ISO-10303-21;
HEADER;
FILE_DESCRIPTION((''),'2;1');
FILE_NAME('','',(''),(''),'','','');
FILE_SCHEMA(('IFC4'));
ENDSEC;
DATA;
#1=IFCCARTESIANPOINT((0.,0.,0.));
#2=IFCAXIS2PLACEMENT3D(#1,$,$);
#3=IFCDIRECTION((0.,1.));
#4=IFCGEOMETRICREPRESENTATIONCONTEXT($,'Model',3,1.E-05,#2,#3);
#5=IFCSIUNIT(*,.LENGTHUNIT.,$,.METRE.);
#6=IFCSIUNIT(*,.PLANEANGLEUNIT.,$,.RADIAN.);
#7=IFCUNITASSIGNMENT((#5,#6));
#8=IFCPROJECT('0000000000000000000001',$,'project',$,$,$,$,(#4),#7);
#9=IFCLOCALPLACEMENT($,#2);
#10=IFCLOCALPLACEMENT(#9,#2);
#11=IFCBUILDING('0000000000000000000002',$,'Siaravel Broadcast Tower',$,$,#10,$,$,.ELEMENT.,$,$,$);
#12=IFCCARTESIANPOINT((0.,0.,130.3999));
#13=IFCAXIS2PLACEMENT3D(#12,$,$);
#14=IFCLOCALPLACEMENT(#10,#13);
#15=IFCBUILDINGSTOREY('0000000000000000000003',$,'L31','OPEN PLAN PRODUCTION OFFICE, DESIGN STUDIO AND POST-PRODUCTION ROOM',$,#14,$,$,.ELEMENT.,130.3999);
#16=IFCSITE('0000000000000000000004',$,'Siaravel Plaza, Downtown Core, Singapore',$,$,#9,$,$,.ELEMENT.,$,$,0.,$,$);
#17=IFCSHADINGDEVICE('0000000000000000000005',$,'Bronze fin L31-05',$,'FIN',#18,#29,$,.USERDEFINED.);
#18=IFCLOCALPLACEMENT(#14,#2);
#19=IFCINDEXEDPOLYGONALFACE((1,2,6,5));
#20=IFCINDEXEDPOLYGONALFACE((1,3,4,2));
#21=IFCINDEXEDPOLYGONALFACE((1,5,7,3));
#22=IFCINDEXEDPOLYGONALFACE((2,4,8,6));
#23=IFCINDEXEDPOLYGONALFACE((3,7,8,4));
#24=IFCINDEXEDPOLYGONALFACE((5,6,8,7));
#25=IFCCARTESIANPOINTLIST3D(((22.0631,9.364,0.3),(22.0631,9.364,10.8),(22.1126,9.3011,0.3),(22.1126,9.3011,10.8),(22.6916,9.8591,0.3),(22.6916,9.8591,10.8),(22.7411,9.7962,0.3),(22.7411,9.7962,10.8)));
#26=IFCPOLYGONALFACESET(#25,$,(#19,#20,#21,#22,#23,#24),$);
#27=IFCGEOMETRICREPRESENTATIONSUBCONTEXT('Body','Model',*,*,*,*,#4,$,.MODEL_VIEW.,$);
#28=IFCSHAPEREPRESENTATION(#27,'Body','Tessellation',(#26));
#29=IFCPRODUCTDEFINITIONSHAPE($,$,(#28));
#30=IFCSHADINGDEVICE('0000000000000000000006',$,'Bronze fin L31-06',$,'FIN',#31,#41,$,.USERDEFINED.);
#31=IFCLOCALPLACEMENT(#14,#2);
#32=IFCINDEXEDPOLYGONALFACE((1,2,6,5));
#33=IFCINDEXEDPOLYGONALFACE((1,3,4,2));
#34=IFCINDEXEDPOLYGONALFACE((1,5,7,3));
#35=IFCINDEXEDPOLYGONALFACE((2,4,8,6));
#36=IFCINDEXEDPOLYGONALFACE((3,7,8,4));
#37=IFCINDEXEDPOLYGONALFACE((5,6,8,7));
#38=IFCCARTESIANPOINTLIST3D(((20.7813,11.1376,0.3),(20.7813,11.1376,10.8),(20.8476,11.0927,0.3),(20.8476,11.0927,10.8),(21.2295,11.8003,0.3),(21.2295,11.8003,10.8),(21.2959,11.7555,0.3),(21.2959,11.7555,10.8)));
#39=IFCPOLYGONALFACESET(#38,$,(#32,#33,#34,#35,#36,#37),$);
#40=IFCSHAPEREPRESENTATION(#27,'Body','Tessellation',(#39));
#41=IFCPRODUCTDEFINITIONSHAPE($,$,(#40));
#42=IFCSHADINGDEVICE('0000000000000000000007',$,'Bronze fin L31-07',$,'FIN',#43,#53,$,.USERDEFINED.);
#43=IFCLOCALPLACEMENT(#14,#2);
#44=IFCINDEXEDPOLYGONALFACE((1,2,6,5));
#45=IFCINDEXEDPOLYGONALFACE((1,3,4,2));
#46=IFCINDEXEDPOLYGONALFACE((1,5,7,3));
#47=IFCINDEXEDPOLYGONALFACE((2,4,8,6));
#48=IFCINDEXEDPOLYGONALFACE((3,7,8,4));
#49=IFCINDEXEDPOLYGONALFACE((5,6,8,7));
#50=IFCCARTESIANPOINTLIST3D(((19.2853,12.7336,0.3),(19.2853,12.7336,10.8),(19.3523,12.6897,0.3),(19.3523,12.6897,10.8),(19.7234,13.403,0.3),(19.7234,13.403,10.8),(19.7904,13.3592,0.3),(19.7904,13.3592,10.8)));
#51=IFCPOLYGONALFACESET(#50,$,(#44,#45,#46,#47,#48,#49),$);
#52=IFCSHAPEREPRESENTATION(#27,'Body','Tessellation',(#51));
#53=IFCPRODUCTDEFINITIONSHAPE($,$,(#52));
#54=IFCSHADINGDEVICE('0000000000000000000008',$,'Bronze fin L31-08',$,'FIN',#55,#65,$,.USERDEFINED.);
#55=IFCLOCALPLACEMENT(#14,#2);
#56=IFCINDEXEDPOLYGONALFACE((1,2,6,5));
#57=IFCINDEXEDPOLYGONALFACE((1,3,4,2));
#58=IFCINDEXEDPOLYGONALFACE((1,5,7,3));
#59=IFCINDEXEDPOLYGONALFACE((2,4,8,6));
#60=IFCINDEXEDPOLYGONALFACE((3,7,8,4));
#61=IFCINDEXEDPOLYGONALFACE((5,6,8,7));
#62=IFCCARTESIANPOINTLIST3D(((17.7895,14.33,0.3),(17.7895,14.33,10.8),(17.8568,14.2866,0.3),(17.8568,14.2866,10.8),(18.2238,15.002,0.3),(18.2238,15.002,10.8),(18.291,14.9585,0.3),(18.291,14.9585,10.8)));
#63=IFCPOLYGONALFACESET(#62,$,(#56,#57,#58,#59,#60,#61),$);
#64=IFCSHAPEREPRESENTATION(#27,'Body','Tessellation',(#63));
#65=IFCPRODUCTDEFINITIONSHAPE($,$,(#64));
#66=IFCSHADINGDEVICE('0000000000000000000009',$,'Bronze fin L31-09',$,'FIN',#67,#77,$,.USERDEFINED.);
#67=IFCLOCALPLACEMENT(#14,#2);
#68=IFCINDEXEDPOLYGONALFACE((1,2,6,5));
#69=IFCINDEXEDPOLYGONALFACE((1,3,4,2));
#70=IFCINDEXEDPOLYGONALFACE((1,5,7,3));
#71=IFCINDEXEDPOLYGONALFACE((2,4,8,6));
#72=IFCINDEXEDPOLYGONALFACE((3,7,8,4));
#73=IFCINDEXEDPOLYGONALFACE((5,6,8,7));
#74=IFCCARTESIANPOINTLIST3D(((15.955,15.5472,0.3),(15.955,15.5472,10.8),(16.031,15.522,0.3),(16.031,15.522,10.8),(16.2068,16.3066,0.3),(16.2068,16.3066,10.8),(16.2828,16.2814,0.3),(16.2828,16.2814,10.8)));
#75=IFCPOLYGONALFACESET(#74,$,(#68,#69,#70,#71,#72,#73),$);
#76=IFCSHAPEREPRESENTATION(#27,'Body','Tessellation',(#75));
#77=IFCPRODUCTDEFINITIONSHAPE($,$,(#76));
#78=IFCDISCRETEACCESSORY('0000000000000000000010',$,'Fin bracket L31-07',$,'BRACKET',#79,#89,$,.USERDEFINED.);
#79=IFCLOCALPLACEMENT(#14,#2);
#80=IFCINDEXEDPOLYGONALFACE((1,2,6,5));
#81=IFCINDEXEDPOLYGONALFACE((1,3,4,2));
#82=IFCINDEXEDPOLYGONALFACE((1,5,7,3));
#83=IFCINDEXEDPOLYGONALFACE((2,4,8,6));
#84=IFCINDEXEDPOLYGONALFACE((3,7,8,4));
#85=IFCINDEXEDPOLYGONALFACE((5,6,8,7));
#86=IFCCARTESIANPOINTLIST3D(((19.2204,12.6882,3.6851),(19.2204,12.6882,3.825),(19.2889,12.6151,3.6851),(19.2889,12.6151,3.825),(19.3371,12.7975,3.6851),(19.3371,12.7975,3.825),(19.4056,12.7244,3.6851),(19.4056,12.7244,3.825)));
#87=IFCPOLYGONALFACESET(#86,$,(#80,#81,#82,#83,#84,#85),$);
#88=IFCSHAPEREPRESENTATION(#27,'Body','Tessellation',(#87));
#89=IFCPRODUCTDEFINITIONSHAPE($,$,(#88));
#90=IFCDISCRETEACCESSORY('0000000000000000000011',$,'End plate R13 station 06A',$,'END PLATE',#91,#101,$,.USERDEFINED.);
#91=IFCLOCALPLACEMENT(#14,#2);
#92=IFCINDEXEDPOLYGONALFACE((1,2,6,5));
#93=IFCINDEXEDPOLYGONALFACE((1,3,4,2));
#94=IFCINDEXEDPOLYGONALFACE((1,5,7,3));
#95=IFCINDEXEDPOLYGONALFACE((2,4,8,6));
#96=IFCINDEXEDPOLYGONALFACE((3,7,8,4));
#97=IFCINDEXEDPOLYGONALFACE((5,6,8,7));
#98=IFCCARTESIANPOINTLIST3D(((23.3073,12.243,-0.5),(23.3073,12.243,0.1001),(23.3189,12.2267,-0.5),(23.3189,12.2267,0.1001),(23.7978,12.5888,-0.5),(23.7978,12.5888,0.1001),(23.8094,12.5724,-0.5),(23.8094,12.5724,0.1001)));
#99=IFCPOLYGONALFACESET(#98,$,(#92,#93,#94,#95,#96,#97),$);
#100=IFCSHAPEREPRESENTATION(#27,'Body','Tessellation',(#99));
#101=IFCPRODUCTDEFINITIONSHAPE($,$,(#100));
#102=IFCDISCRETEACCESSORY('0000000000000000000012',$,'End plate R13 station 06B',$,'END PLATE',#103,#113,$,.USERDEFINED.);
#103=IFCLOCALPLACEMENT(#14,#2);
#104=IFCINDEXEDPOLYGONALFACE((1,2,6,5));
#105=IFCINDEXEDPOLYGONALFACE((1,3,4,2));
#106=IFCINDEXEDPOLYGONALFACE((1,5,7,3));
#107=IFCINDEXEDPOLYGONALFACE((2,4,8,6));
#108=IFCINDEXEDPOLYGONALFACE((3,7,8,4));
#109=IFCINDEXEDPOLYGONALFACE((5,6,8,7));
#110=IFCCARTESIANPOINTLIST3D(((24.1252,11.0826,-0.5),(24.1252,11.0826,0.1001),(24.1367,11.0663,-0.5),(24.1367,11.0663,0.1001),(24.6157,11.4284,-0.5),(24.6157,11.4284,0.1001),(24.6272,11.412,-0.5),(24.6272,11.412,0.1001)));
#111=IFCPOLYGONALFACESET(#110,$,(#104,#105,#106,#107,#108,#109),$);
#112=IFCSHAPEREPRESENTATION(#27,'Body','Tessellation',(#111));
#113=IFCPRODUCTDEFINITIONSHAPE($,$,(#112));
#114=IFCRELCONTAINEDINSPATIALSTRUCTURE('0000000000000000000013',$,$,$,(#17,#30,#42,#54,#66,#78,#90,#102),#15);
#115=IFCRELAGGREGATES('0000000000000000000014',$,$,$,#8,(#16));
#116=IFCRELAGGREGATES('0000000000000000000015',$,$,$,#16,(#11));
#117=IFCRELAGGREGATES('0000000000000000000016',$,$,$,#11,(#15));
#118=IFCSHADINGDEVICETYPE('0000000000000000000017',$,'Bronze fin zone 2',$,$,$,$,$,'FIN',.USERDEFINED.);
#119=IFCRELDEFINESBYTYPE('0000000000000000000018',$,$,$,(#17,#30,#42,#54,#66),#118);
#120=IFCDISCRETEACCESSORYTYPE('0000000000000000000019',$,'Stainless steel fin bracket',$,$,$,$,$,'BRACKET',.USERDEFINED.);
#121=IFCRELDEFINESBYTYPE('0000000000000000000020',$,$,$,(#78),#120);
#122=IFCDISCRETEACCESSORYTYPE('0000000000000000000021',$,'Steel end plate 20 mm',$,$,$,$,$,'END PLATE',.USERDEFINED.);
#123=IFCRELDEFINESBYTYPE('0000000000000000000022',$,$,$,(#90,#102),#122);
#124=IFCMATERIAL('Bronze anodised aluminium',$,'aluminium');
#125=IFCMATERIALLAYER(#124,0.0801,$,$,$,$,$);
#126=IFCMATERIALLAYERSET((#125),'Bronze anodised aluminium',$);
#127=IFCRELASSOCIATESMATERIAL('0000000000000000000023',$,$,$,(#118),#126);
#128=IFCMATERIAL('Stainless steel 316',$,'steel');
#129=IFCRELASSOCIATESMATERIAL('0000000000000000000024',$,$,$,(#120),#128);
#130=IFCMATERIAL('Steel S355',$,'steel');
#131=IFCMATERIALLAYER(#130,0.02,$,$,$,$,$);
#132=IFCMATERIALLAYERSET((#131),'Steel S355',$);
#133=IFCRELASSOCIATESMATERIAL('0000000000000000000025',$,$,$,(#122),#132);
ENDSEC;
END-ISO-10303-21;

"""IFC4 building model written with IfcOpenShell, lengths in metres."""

from ifc_helpers import new_model, si_unit, direction, frame, origin, origin_2d, place, context, subcontext, project, spatial, rectangle, extrude, material, layer, layer_set, type_object, element, save


model = new_model("IFC4")

# Units and contexts
model_context = context("Model", 3, precision=1e-05, world=origin(), true_north=direction((0.0, 1.0)))
body_context = subcontext(model_context, "Body", "Model", "MODEL_VIEW")
ifc_project = project(units=[si_unit("LENGTHUNIT", "METRE"), si_unit("PLANEANGLEUNIT", "RADIAN")], contexts=[model_context])

# Site, building, storey
site_placement = place(None, origin())
site = spatial("IfcSite", under=ifc_project, at=site_placement, Name="Siaravel Plaza, Downtown Core, Singapore", CompositionType="ELEMENT", RefElevation=0.0)
building_placement = place(site_placement, origin())
building = spatial("IfcBuilding", under=site, at=building_placement, Name="Siaravel Broadcast Tower", CompositionType="ELEMENT")
storey_placement = place(building_placement, frame((0.0, 0.0, 130.3999)))
storey = spatial("IfcBuildingStorey", under=building, at=storey_placement, Name="L31", Description="OPEN PLAN PRODUCTION OFFICE, DESIGN STUDIO AND POST-PRODUCTION ROOM", CompositionType="ELEMENT", Elevation=130.3999)

# Shared definitions
ifc_material_1 = material(Name="Steel S355", Category="steel")

# Shading devices
ifc_material_2 = material(Name="Bronze anodised aluminium", Category="aluminium")
ifc_layer_1 = layer(ifc_material_2, 0.0801)
ifc_layer_set_1 = layer_set([ifc_layer_1], Name="Bronze anodised aluminium")
shading_device_type = type_object("IfcShadingDeviceType", Name="Bronze fin zone 2", ElementType="FIN", PredefinedType="USERDEFINED", material=ifc_layer_set_1)
for number, where, z_axis, x_axis, name in (
    (1, (22.4021, 9.5801, 0.3), (0.0, 0.0, 1.0), (0.785558, 0.618788, 0.0), "Bronze fin L31-05"),
    (2, (21.0386, 11.4465, 0.3), (0.0, 0.0, 1.0), (0.560241, 0.828329, 0.0), "Bronze fin L31-06"),
    (3, (19.5378, 13.0464, 0.3), (0.0, 0.0, 1.0), (0.547616, 0.83673, 0.0), "Bronze fin L31-07"),
    (4, (18.0403, 14.6443, 0.3), (0.0, 0.0, 1.0), (0.542782, 0.839874, 0.0), "Bronze fin L31-08"),
    (5, (16.1189, 15.9143, 0.3), (0.0, 0.0, 1.0), (0.314779, 0.949165, 0.0), "Bronze fin L31-09"),
):
    element("IfcShadingDevice", number, at=place(storey_placement, frame(where, z_axis=z_axis, x_axis=x_axis)), inside=storey, type_object=shading_device_type, Name=name, ObjectType="FIN", PredefinedType="USERDEFINED", context=body_context, shape_type="SweptSolid", body=[
        extrude(rectangle(XDim=0.8, YDim=0.0801, at=origin_2d()), origin(), (0.0, 0.0, 1.0), 10.5),
    ])

# Discrete accessories
ifc_material_3 = material(Name="Stainless steel 316", Category="steel")
discrete_accessory_type_1 = type_object("IfcDiscreteAccessoryType", Name="Stainless steel fin bracket", ElementType="BRACKET", PredefinedType="USERDEFINED", material=ifc_material_3)
discrete_accessory_placement = place(storey_placement, frame((19.313, 12.7063, 3.6851), z_axis=(0.0, 0.0, 1.0), x_axis=(0.729807, 0.683653, 0.0)))
element("IfcDiscreteAccessory", 6, at=discrete_accessory_placement, inside=storey, type_object=discrete_accessory_type_1, Name="Fin bracket L31-07", ObjectType="BRACKET", PredefinedType="USERDEFINED", context=body_context, shape_type="SweptSolid", body=[
    extrude(rectangle(XDim=0.1599, YDim=0.1001, at=origin_2d()), origin(), (0.0, 0.0, 1.0), 0.1399),
])
ifc_layer_2 = layer(ifc_material_1, 0.02)
ifc_layer_set_2 = layer_set([ifc_layer_2], Name="Steel S355")
discrete_accessory_type_2 = type_object("IfcDiscreteAccessoryType", Name="Steel end plate 20 mm", ElementType="END PLATE", PredefinedType="USERDEFINED", material=ifc_layer_set_2)
for number, where, z_axis, x_axis, name in (
    (7, (23.5583, 12.4077, -0.5), (0.0, 0.0, 1.0), (-0.57612, 0.817365, 0.0), "End plate R13 station 06A"),
    (8, (24.3762, 11.2473, -0.5), (0.0, 0.0, 1.0), (-0.57612, 0.817365, 0.0), "End plate R13 station 06B"),
):
    element("IfcDiscreteAccessory", number, at=place(storey_placement, frame(where, z_axis=z_axis, x_axis=x_axis)), inside=storey, type_object=discrete_accessory_type_2, Name=name, ObjectType="END PLATE", PredefinedType="USERDEFINED", context=body_context, shape_type="SweptSolid", body=[
        extrude(rectangle(XDim=0.02, YDim=0.6001, at=origin_2d()), origin(), (0.0, 0.0, 1.0), 0.6001),
    ])

save(model, "model.ifc")
